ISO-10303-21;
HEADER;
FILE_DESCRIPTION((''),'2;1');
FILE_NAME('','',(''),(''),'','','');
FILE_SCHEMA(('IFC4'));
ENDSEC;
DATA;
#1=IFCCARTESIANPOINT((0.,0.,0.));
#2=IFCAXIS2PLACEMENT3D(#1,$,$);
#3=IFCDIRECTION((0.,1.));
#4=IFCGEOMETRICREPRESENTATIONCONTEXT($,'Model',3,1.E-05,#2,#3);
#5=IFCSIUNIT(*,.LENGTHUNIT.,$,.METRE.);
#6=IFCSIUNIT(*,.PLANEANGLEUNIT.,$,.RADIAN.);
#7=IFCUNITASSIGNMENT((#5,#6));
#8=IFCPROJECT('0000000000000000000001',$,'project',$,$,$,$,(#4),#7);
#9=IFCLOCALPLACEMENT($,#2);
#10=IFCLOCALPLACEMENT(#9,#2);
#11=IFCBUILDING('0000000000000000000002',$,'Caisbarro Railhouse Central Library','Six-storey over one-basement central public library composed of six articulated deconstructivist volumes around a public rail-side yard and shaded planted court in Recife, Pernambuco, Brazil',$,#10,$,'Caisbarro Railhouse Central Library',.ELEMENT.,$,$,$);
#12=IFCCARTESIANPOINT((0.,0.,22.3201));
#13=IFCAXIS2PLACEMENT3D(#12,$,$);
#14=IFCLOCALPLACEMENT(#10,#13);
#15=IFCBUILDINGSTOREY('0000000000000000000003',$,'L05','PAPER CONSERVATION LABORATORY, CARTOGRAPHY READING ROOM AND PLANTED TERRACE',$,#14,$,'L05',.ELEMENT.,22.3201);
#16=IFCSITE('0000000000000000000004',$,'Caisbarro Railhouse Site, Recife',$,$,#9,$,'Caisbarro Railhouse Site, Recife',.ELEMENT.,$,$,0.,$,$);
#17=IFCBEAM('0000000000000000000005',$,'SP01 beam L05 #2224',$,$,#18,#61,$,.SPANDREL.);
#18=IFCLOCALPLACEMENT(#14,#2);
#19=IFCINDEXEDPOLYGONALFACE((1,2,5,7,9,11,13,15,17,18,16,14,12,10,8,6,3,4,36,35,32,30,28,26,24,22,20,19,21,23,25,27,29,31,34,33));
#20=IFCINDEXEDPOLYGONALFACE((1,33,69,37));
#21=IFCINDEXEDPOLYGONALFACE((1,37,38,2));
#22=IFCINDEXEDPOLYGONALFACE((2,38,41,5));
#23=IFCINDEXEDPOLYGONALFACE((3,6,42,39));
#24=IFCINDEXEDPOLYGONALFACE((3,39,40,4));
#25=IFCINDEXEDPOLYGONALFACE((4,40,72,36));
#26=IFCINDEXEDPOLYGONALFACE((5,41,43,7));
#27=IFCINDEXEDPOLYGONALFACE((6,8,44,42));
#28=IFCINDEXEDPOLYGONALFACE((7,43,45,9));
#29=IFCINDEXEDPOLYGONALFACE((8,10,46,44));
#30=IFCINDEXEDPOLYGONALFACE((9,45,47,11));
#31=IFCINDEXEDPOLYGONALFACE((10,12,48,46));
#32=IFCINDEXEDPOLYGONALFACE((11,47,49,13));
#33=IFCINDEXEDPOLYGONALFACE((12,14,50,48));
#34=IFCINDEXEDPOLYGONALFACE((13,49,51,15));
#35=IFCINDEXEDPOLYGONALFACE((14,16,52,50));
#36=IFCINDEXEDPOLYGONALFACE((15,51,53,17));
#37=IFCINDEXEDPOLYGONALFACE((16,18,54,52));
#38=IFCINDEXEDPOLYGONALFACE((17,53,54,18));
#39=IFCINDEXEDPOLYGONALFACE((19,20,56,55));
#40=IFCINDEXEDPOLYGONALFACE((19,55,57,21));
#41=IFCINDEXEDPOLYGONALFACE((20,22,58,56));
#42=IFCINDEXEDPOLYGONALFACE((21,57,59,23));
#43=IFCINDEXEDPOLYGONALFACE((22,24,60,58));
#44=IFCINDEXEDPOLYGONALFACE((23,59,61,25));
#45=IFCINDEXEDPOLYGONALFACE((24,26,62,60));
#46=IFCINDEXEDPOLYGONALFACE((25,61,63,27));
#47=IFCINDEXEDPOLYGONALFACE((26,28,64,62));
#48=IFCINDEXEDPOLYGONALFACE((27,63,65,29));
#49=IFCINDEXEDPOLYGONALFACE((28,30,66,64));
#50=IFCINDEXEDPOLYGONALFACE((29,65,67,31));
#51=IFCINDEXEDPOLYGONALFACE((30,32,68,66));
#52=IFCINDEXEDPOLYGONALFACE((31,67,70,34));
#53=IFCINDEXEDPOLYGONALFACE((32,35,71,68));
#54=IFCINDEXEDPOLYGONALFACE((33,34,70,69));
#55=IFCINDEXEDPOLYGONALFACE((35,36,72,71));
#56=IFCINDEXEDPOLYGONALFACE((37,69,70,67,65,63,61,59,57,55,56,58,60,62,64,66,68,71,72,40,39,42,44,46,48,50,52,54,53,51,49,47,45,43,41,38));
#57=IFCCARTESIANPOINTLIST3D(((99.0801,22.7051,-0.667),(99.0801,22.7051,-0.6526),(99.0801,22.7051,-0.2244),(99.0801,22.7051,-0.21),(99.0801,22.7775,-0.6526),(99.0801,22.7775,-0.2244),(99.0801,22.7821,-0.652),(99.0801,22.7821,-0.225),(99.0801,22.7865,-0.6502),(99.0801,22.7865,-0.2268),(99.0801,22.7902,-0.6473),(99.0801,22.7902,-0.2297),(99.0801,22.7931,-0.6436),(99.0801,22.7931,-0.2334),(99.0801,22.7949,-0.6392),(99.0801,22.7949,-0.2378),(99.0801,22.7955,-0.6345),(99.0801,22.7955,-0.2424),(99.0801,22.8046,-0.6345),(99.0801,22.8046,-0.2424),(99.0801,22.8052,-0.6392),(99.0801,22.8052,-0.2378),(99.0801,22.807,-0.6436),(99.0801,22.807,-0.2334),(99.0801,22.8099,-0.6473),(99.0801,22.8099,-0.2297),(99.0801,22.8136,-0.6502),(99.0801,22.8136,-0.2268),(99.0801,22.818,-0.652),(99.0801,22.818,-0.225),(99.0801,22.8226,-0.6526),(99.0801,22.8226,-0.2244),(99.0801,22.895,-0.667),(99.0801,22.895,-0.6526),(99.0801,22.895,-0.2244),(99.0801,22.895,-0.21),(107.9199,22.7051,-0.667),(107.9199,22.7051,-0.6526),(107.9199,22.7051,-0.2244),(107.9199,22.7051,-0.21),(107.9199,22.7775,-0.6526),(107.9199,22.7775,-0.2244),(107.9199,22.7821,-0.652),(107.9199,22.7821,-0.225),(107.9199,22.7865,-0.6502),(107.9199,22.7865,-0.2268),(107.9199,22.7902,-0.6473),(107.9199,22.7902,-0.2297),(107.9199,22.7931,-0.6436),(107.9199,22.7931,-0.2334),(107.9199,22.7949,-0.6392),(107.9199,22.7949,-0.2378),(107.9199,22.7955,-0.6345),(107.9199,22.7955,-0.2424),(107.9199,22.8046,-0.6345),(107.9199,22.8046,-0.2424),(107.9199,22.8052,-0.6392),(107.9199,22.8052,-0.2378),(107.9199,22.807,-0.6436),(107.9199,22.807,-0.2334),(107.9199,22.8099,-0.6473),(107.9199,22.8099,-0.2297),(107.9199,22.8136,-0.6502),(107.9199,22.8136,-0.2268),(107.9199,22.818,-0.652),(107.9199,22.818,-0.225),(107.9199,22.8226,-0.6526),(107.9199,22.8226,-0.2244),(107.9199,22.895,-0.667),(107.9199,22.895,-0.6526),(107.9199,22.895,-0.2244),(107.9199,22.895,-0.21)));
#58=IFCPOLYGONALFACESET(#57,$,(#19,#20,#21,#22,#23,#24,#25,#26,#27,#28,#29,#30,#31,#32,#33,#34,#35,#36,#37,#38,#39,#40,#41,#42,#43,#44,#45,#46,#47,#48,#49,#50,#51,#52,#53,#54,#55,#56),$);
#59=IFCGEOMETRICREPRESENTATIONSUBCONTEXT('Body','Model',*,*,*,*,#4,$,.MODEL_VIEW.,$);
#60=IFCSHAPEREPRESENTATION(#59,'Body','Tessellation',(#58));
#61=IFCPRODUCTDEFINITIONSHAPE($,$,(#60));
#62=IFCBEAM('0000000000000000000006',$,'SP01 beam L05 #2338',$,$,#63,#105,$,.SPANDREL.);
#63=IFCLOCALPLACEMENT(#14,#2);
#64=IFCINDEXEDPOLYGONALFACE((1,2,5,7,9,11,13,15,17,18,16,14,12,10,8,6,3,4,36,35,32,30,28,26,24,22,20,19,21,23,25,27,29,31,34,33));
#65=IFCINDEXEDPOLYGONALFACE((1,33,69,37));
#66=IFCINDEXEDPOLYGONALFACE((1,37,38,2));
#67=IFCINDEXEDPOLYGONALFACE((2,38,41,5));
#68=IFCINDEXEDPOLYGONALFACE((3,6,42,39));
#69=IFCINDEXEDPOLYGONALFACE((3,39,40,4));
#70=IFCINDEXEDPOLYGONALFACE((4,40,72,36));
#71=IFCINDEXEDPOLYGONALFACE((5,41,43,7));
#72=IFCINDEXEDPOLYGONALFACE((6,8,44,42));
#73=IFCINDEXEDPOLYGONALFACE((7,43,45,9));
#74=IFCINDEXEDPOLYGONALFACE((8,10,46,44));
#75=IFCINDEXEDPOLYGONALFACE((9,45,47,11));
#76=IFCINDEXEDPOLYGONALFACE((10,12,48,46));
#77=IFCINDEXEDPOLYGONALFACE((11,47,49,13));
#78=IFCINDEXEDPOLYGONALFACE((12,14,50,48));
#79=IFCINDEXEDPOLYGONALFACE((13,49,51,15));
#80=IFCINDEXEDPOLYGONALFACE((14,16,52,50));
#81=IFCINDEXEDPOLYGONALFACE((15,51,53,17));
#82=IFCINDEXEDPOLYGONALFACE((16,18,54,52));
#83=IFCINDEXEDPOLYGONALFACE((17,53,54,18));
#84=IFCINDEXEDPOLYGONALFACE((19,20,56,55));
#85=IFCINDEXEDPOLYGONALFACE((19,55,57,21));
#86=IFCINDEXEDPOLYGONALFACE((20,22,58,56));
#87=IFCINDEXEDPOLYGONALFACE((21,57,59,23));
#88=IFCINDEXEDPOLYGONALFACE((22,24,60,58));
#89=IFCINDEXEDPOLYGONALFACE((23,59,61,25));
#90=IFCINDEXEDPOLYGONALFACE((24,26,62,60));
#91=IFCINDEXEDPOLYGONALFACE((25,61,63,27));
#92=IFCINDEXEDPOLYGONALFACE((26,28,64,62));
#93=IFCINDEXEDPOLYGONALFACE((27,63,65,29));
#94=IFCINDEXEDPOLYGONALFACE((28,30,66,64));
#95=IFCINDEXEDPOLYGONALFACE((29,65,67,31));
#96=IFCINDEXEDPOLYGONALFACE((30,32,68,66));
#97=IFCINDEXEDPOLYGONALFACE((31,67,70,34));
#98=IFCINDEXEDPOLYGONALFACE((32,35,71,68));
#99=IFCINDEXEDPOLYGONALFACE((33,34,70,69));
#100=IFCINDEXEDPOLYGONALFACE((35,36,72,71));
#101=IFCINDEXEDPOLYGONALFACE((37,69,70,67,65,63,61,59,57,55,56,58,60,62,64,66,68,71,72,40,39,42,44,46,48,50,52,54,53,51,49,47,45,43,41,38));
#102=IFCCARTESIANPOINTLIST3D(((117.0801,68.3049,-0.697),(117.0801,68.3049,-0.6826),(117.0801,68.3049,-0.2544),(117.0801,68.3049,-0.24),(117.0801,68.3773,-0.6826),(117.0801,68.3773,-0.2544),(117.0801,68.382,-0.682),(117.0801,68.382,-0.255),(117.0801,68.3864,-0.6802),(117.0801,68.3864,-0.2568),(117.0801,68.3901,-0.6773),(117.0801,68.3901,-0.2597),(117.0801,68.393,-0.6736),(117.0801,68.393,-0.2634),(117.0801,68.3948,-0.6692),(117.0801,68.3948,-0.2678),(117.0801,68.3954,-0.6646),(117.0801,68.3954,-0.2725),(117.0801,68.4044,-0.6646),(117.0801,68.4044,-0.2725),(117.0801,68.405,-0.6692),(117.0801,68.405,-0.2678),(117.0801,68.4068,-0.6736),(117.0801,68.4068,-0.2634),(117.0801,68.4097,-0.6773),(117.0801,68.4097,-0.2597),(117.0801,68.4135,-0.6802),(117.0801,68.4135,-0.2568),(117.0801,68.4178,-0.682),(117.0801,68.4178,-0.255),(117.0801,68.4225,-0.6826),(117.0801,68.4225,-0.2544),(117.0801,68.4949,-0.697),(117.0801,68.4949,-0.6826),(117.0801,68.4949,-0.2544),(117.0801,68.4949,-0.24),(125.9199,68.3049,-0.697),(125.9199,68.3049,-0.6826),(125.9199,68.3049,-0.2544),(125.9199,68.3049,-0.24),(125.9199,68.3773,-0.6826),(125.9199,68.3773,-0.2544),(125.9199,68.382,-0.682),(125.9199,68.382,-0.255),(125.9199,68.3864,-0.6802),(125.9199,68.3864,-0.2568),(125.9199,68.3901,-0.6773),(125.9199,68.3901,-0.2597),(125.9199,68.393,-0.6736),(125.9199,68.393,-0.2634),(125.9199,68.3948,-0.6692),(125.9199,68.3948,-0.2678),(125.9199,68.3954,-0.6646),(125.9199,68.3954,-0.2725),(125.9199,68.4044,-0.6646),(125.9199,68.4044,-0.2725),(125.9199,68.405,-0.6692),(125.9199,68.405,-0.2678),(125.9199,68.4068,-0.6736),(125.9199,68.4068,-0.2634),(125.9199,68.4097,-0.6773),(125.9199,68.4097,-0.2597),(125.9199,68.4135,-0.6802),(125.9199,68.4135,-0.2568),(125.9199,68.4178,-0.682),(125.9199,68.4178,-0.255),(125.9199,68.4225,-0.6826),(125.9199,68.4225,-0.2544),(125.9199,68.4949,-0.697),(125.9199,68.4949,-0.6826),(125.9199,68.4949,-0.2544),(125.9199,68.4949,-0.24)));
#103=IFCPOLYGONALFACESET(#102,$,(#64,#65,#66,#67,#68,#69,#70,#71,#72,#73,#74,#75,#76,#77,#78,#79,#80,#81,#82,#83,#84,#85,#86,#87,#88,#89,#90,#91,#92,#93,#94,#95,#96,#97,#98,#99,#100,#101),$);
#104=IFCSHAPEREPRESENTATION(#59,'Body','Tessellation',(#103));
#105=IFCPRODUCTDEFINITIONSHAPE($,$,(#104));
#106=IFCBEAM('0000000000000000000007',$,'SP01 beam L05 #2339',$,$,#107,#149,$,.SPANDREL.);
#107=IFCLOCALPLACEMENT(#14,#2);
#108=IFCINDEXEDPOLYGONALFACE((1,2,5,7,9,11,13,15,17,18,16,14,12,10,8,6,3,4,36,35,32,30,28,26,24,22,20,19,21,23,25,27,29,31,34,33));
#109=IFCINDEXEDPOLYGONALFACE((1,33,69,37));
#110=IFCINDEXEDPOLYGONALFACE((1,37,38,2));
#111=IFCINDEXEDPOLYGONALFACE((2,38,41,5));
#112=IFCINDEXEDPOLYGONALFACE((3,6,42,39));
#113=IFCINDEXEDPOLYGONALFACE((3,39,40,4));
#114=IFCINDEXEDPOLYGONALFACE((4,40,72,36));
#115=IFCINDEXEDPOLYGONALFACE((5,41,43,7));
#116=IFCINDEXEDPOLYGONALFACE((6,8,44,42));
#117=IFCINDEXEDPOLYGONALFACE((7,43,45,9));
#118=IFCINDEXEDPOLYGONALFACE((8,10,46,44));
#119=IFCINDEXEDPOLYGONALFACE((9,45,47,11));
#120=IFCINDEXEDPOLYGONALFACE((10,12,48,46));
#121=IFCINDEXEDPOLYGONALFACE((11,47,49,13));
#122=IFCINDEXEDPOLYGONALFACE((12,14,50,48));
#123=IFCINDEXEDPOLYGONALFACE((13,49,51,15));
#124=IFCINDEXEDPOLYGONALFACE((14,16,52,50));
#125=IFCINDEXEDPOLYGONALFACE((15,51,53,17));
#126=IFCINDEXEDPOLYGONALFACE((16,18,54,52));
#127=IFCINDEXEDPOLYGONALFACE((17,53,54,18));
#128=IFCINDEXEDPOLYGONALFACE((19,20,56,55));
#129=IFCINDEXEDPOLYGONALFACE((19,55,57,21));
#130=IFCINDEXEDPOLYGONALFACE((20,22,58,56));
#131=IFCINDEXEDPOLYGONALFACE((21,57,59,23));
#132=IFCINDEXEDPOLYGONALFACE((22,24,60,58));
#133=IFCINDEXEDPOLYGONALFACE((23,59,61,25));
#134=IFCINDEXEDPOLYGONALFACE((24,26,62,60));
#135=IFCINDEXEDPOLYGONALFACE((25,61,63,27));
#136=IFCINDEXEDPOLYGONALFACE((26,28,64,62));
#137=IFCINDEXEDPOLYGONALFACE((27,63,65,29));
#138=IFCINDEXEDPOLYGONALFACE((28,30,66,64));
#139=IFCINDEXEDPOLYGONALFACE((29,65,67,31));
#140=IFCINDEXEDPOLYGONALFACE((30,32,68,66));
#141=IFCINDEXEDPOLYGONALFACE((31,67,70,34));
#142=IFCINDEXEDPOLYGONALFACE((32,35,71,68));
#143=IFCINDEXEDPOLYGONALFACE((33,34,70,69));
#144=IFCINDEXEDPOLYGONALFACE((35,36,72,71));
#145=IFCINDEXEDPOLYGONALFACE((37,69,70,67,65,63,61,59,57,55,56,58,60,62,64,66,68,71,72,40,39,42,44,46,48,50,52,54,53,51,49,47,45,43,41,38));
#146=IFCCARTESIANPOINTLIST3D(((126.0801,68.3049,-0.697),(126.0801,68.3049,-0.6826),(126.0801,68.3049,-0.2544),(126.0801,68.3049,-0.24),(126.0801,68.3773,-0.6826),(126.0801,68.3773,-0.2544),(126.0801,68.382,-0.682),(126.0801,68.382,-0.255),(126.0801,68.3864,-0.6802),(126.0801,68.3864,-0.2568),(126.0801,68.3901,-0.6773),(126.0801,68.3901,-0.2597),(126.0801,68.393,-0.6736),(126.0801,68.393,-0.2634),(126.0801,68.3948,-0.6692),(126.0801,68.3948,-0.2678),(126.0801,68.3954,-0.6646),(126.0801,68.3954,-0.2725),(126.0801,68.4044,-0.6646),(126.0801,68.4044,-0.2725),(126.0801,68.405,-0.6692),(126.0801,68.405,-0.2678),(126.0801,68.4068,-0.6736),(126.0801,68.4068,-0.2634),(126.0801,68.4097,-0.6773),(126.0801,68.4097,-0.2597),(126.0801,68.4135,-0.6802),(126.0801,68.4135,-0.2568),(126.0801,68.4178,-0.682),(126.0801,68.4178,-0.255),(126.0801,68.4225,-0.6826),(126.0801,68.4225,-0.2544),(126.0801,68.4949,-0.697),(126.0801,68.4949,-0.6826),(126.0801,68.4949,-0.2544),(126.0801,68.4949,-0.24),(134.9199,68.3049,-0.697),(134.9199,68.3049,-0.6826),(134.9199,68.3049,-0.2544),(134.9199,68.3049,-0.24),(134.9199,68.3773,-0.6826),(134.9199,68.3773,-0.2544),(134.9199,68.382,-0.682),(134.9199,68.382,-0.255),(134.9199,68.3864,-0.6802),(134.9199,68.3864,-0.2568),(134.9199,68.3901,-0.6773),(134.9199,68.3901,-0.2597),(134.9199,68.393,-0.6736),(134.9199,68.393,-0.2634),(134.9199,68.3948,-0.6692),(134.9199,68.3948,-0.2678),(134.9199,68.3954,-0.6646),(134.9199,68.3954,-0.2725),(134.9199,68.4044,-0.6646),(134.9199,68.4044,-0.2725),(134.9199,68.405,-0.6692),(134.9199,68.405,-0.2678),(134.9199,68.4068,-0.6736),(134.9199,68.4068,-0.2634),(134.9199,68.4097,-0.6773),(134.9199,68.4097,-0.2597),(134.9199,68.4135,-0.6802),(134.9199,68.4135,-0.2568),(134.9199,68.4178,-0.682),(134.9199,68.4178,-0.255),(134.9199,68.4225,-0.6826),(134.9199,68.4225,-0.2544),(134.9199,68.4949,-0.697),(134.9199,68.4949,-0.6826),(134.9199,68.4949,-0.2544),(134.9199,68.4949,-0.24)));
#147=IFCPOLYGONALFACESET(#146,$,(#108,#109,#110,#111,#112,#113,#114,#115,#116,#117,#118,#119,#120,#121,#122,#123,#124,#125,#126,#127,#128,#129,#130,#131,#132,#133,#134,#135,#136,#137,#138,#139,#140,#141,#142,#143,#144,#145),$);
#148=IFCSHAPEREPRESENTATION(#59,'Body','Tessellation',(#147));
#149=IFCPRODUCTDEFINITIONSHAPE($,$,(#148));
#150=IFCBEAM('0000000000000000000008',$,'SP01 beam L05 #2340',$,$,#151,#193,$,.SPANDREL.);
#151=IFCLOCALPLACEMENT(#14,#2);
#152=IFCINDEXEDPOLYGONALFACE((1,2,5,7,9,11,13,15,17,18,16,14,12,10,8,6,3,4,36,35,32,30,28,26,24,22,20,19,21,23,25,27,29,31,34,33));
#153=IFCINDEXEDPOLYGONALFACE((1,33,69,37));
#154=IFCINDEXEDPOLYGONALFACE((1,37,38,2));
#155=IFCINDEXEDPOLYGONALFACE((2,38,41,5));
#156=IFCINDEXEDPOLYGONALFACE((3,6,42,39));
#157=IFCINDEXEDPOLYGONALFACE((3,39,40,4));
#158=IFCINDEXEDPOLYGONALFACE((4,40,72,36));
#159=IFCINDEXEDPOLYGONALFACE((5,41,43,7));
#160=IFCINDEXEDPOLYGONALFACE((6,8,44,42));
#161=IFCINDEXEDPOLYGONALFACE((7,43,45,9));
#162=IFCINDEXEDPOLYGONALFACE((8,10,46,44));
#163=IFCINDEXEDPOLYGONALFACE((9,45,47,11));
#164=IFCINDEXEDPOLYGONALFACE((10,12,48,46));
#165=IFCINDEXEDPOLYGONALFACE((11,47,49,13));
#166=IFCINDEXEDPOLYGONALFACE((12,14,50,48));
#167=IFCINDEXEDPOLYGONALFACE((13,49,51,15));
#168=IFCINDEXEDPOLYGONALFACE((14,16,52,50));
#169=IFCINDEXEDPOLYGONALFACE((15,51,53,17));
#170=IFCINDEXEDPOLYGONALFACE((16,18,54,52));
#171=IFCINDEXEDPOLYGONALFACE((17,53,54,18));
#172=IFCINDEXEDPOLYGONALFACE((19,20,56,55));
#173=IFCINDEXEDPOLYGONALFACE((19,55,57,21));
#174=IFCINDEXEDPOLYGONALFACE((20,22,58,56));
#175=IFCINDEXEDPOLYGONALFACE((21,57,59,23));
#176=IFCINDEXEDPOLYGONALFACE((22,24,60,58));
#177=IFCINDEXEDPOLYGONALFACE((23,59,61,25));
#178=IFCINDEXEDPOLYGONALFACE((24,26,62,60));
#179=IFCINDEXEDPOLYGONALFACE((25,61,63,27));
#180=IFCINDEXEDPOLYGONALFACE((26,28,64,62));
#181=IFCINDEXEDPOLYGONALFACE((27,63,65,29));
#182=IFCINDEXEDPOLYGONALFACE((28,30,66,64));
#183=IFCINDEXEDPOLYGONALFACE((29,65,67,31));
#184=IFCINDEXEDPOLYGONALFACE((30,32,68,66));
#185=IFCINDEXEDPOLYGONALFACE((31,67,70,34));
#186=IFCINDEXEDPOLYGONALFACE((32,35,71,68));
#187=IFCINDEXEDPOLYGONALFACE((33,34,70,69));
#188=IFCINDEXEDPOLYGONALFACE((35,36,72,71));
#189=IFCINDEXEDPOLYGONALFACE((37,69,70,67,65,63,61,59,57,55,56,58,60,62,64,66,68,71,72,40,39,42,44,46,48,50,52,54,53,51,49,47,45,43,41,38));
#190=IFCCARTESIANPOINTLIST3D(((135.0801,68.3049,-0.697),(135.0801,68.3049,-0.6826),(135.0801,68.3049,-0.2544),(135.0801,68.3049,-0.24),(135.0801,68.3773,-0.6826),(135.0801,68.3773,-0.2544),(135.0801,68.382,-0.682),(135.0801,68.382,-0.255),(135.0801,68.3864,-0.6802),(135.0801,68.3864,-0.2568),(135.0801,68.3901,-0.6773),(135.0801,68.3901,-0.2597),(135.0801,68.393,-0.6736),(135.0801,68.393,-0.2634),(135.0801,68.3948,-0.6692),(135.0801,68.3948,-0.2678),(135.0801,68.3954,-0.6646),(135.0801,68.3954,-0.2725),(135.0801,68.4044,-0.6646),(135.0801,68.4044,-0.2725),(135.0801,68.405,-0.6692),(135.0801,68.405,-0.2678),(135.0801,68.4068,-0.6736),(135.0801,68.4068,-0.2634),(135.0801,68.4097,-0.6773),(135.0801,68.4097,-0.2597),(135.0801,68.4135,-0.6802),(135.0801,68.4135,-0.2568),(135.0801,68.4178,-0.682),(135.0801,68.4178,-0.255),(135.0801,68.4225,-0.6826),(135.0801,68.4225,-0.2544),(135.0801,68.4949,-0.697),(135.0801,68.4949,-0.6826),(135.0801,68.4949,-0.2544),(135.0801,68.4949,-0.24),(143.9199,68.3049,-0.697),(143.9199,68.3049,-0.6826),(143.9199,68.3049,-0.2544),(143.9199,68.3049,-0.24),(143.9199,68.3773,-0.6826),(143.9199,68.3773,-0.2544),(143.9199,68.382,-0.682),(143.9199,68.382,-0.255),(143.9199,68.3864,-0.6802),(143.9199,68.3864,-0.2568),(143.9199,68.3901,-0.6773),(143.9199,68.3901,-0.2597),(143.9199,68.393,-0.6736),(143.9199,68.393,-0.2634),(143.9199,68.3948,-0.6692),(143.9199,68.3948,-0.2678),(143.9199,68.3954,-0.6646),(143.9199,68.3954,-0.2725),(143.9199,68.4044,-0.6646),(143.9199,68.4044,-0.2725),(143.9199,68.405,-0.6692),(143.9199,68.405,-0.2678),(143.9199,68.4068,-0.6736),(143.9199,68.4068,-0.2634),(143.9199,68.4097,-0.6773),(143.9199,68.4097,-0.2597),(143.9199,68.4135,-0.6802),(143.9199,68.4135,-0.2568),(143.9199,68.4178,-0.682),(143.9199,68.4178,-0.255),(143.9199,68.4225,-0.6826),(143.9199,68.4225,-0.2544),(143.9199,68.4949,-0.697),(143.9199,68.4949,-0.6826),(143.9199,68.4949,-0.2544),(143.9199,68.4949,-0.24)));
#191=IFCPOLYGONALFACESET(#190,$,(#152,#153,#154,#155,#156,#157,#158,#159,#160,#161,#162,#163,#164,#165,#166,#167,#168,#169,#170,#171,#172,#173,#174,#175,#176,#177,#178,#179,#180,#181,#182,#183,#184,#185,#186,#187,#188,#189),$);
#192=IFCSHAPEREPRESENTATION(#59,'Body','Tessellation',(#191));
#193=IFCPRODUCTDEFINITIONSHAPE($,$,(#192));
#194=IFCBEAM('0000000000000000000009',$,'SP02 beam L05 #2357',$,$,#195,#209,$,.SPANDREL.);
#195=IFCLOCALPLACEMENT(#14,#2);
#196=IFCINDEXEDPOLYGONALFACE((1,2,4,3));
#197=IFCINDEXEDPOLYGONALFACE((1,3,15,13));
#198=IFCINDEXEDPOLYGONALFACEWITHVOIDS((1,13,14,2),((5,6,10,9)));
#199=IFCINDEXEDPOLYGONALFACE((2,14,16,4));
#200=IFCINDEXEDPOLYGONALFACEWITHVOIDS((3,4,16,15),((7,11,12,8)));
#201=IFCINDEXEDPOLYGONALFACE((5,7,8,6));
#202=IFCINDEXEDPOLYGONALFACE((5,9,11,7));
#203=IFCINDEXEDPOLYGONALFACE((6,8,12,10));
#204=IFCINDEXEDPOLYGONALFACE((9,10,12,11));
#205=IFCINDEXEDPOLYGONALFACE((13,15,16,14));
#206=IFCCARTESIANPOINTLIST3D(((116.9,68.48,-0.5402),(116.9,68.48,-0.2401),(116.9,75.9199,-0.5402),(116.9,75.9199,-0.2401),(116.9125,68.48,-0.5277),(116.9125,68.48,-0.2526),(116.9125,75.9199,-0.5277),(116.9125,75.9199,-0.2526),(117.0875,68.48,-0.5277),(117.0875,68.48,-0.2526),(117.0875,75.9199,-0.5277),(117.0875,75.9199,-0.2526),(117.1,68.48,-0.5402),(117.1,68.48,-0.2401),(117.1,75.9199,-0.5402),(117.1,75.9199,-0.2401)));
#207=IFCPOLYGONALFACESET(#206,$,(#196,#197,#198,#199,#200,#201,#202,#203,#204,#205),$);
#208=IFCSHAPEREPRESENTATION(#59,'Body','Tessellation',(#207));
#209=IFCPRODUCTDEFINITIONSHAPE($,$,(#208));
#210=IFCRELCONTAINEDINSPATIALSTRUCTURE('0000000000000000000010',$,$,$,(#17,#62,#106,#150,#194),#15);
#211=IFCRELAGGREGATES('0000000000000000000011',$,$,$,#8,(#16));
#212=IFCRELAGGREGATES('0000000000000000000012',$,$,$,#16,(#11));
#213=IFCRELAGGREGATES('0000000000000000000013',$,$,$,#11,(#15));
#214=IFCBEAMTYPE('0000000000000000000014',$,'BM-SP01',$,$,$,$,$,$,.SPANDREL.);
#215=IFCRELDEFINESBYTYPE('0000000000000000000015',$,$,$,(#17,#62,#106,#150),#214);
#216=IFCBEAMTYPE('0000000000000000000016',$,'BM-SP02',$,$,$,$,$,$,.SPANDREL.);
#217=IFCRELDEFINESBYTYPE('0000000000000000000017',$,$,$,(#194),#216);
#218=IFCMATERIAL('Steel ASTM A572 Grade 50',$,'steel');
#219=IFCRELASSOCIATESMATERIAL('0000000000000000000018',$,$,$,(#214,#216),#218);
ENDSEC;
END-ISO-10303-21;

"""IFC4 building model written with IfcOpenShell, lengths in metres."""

from ifc_helpers import new_model, si_unit, direction, frame, origin, origin_2d, place, context, subcontext, project, spatial, hollow_rectangle, i_section, extrude, material, material_profile, profile_set, type_object, element, save


model = new_model("IFC4")

# Units and contexts
model_context = context("Model", 3, precision=1e-05, world=origin(), true_north=direction((0.0, 1.0)))
body_context = subcontext(model_context, "Body", "Model", "MODEL_VIEW")
ifc_project = project(units=[si_unit("LENGTHUNIT", "METRE"), si_unit("PLANEANGLEUNIT", "RADIAN")], contexts=[model_context])

# Site, building, storey
site_placement = place(None, origin())
site = spatial("IfcSite", under=ifc_project, at=site_placement, Name="Caisbarro Railhouse Site, Recife", LongName="Caisbarro Railhouse Site, Recife", CompositionType="ELEMENT", RefElevation=0.0)
building_placement = place(site_placement, origin())
building = spatial("IfcBuilding", under=site, at=building_placement, Name="Caisbarro Railhouse Central Library", Description="Six-storey over one-basement central public library composed of six articulated deconstructivist volumes around a public rail-side yard and shaded planted court in Recife, Pernambuco, Brazil", LongName="Caisbarro Railhouse Central Library", CompositionType="ELEMENT")
storey_placement = place(building_placement, frame((0.0, 0.0, 22.3201)))
storey = spatial("IfcBuildingStorey", under=building, at=storey_placement, Name="L05", Description="PAPER CONSERVATION LABORATORY, CARTOGRAPHY READING ROOM AND PLANTED TERRACE", LongName="L05", CompositionType="ELEMENT", Elevation=22.3201)

# Shared definitions
ifc_material_1 = material(Name="Steel ASTM A572 Grade 50", Category="steel")

# Beams
ifc_material_profile_1 = material_profile(ifc_material_1, i_section(OverallWidth=0.1899, OverallDepth=0.457, WebThickness=0.009, FlangeThickness=0.0144, FilletRadius=0.0181, at=origin_2d()), Name="W460X74.0")
ifc_profile_set_1 = profile_set([ifc_material_profile_1], Name="Steel ASTM A572 Grade 50")
beam_type_1 = type_object("IfcBeamType", Name="BM-SP01", PredefinedType="SPANDREL", material=ifc_profile_set_1)
for number, where, z_axis, x_axis, name in (
    (1, (99.0801, 22.8, -0.4385), (1.0, 0.0, 0.0), (0.0, 1.0, 0.0), "SP01 beam L05 #2224"),
    (2, (117.0801, 68.3999, -0.4685), (1.0, 0.0, 0.0), (0.0, 1.0, 0.0), "SP01 beam L05 #2338"),
    (3, (126.0801, 68.3999, -0.4685), (1.0, 0.0, 0.0), (0.0, 1.0, 0.0), "SP01 beam L05 #2339"),
    (4, (135.0801, 68.3999, -0.4685), (1.0, 0.0, 0.0), (0.0, 1.0, 0.0), "SP01 beam L05 #2340"),
):
    element("IfcBeam", number, at=place(storey_placement, frame(where, z_axis=z_axis, x_axis=x_axis)), inside=storey, type_object=beam_type_1, Name=name, PredefinedType="SPANDREL", context=body_context, shape_type="SweptSolid", body=[
        extrude(i_section(OverallWidth=0.1899, OverallDepth=0.457, WebThickness=0.009, FlangeThickness=0.0144, FilletRadius=0.0181, at=origin_2d()), origin(), (0.0, 0.0, 1.0), 8.8398),
    ])
ifc_material_profile_2 = material_profile(ifc_material_1, hollow_rectangle(XDim=0.2, YDim=0.3, WallThickness=0.0125, at=origin_2d()), Name="HSS300X200X12.5")
ifc_profile_set_2 = profile_set([ifc_material_profile_2], Name="Steel ASTM A572 Grade 50")
beam_type_2 = type_object("IfcBeamType", Name="BM-SP02", PredefinedType="SPANDREL", material=ifc_profile_set_2)
for number, where, z_axis, x_axis, name in (
    (5, (117.0, 68.48, -0.3901), (0.0, 1.0, 0.0), (-1.0, 0.0, 0.0), "SP02 beam L05 #2357"),
):
    element("IfcBeam", number, at=place(storey_placement, frame(where, z_axis=z_axis, x_axis=x_axis)), inside=storey, type_object=beam_type_2, Name=name, PredefinedType="SPANDREL", context=body_context, shape_type="SweptSolid", body=[
        extrude(hollow_rectangle(XDim=0.2, YDim=0.3, WallThickness=0.0125, at=origin_2d()), origin(), (0.0, 0.0, 1.0), 7.4399),
    ])

save(model, "model.ifc")
